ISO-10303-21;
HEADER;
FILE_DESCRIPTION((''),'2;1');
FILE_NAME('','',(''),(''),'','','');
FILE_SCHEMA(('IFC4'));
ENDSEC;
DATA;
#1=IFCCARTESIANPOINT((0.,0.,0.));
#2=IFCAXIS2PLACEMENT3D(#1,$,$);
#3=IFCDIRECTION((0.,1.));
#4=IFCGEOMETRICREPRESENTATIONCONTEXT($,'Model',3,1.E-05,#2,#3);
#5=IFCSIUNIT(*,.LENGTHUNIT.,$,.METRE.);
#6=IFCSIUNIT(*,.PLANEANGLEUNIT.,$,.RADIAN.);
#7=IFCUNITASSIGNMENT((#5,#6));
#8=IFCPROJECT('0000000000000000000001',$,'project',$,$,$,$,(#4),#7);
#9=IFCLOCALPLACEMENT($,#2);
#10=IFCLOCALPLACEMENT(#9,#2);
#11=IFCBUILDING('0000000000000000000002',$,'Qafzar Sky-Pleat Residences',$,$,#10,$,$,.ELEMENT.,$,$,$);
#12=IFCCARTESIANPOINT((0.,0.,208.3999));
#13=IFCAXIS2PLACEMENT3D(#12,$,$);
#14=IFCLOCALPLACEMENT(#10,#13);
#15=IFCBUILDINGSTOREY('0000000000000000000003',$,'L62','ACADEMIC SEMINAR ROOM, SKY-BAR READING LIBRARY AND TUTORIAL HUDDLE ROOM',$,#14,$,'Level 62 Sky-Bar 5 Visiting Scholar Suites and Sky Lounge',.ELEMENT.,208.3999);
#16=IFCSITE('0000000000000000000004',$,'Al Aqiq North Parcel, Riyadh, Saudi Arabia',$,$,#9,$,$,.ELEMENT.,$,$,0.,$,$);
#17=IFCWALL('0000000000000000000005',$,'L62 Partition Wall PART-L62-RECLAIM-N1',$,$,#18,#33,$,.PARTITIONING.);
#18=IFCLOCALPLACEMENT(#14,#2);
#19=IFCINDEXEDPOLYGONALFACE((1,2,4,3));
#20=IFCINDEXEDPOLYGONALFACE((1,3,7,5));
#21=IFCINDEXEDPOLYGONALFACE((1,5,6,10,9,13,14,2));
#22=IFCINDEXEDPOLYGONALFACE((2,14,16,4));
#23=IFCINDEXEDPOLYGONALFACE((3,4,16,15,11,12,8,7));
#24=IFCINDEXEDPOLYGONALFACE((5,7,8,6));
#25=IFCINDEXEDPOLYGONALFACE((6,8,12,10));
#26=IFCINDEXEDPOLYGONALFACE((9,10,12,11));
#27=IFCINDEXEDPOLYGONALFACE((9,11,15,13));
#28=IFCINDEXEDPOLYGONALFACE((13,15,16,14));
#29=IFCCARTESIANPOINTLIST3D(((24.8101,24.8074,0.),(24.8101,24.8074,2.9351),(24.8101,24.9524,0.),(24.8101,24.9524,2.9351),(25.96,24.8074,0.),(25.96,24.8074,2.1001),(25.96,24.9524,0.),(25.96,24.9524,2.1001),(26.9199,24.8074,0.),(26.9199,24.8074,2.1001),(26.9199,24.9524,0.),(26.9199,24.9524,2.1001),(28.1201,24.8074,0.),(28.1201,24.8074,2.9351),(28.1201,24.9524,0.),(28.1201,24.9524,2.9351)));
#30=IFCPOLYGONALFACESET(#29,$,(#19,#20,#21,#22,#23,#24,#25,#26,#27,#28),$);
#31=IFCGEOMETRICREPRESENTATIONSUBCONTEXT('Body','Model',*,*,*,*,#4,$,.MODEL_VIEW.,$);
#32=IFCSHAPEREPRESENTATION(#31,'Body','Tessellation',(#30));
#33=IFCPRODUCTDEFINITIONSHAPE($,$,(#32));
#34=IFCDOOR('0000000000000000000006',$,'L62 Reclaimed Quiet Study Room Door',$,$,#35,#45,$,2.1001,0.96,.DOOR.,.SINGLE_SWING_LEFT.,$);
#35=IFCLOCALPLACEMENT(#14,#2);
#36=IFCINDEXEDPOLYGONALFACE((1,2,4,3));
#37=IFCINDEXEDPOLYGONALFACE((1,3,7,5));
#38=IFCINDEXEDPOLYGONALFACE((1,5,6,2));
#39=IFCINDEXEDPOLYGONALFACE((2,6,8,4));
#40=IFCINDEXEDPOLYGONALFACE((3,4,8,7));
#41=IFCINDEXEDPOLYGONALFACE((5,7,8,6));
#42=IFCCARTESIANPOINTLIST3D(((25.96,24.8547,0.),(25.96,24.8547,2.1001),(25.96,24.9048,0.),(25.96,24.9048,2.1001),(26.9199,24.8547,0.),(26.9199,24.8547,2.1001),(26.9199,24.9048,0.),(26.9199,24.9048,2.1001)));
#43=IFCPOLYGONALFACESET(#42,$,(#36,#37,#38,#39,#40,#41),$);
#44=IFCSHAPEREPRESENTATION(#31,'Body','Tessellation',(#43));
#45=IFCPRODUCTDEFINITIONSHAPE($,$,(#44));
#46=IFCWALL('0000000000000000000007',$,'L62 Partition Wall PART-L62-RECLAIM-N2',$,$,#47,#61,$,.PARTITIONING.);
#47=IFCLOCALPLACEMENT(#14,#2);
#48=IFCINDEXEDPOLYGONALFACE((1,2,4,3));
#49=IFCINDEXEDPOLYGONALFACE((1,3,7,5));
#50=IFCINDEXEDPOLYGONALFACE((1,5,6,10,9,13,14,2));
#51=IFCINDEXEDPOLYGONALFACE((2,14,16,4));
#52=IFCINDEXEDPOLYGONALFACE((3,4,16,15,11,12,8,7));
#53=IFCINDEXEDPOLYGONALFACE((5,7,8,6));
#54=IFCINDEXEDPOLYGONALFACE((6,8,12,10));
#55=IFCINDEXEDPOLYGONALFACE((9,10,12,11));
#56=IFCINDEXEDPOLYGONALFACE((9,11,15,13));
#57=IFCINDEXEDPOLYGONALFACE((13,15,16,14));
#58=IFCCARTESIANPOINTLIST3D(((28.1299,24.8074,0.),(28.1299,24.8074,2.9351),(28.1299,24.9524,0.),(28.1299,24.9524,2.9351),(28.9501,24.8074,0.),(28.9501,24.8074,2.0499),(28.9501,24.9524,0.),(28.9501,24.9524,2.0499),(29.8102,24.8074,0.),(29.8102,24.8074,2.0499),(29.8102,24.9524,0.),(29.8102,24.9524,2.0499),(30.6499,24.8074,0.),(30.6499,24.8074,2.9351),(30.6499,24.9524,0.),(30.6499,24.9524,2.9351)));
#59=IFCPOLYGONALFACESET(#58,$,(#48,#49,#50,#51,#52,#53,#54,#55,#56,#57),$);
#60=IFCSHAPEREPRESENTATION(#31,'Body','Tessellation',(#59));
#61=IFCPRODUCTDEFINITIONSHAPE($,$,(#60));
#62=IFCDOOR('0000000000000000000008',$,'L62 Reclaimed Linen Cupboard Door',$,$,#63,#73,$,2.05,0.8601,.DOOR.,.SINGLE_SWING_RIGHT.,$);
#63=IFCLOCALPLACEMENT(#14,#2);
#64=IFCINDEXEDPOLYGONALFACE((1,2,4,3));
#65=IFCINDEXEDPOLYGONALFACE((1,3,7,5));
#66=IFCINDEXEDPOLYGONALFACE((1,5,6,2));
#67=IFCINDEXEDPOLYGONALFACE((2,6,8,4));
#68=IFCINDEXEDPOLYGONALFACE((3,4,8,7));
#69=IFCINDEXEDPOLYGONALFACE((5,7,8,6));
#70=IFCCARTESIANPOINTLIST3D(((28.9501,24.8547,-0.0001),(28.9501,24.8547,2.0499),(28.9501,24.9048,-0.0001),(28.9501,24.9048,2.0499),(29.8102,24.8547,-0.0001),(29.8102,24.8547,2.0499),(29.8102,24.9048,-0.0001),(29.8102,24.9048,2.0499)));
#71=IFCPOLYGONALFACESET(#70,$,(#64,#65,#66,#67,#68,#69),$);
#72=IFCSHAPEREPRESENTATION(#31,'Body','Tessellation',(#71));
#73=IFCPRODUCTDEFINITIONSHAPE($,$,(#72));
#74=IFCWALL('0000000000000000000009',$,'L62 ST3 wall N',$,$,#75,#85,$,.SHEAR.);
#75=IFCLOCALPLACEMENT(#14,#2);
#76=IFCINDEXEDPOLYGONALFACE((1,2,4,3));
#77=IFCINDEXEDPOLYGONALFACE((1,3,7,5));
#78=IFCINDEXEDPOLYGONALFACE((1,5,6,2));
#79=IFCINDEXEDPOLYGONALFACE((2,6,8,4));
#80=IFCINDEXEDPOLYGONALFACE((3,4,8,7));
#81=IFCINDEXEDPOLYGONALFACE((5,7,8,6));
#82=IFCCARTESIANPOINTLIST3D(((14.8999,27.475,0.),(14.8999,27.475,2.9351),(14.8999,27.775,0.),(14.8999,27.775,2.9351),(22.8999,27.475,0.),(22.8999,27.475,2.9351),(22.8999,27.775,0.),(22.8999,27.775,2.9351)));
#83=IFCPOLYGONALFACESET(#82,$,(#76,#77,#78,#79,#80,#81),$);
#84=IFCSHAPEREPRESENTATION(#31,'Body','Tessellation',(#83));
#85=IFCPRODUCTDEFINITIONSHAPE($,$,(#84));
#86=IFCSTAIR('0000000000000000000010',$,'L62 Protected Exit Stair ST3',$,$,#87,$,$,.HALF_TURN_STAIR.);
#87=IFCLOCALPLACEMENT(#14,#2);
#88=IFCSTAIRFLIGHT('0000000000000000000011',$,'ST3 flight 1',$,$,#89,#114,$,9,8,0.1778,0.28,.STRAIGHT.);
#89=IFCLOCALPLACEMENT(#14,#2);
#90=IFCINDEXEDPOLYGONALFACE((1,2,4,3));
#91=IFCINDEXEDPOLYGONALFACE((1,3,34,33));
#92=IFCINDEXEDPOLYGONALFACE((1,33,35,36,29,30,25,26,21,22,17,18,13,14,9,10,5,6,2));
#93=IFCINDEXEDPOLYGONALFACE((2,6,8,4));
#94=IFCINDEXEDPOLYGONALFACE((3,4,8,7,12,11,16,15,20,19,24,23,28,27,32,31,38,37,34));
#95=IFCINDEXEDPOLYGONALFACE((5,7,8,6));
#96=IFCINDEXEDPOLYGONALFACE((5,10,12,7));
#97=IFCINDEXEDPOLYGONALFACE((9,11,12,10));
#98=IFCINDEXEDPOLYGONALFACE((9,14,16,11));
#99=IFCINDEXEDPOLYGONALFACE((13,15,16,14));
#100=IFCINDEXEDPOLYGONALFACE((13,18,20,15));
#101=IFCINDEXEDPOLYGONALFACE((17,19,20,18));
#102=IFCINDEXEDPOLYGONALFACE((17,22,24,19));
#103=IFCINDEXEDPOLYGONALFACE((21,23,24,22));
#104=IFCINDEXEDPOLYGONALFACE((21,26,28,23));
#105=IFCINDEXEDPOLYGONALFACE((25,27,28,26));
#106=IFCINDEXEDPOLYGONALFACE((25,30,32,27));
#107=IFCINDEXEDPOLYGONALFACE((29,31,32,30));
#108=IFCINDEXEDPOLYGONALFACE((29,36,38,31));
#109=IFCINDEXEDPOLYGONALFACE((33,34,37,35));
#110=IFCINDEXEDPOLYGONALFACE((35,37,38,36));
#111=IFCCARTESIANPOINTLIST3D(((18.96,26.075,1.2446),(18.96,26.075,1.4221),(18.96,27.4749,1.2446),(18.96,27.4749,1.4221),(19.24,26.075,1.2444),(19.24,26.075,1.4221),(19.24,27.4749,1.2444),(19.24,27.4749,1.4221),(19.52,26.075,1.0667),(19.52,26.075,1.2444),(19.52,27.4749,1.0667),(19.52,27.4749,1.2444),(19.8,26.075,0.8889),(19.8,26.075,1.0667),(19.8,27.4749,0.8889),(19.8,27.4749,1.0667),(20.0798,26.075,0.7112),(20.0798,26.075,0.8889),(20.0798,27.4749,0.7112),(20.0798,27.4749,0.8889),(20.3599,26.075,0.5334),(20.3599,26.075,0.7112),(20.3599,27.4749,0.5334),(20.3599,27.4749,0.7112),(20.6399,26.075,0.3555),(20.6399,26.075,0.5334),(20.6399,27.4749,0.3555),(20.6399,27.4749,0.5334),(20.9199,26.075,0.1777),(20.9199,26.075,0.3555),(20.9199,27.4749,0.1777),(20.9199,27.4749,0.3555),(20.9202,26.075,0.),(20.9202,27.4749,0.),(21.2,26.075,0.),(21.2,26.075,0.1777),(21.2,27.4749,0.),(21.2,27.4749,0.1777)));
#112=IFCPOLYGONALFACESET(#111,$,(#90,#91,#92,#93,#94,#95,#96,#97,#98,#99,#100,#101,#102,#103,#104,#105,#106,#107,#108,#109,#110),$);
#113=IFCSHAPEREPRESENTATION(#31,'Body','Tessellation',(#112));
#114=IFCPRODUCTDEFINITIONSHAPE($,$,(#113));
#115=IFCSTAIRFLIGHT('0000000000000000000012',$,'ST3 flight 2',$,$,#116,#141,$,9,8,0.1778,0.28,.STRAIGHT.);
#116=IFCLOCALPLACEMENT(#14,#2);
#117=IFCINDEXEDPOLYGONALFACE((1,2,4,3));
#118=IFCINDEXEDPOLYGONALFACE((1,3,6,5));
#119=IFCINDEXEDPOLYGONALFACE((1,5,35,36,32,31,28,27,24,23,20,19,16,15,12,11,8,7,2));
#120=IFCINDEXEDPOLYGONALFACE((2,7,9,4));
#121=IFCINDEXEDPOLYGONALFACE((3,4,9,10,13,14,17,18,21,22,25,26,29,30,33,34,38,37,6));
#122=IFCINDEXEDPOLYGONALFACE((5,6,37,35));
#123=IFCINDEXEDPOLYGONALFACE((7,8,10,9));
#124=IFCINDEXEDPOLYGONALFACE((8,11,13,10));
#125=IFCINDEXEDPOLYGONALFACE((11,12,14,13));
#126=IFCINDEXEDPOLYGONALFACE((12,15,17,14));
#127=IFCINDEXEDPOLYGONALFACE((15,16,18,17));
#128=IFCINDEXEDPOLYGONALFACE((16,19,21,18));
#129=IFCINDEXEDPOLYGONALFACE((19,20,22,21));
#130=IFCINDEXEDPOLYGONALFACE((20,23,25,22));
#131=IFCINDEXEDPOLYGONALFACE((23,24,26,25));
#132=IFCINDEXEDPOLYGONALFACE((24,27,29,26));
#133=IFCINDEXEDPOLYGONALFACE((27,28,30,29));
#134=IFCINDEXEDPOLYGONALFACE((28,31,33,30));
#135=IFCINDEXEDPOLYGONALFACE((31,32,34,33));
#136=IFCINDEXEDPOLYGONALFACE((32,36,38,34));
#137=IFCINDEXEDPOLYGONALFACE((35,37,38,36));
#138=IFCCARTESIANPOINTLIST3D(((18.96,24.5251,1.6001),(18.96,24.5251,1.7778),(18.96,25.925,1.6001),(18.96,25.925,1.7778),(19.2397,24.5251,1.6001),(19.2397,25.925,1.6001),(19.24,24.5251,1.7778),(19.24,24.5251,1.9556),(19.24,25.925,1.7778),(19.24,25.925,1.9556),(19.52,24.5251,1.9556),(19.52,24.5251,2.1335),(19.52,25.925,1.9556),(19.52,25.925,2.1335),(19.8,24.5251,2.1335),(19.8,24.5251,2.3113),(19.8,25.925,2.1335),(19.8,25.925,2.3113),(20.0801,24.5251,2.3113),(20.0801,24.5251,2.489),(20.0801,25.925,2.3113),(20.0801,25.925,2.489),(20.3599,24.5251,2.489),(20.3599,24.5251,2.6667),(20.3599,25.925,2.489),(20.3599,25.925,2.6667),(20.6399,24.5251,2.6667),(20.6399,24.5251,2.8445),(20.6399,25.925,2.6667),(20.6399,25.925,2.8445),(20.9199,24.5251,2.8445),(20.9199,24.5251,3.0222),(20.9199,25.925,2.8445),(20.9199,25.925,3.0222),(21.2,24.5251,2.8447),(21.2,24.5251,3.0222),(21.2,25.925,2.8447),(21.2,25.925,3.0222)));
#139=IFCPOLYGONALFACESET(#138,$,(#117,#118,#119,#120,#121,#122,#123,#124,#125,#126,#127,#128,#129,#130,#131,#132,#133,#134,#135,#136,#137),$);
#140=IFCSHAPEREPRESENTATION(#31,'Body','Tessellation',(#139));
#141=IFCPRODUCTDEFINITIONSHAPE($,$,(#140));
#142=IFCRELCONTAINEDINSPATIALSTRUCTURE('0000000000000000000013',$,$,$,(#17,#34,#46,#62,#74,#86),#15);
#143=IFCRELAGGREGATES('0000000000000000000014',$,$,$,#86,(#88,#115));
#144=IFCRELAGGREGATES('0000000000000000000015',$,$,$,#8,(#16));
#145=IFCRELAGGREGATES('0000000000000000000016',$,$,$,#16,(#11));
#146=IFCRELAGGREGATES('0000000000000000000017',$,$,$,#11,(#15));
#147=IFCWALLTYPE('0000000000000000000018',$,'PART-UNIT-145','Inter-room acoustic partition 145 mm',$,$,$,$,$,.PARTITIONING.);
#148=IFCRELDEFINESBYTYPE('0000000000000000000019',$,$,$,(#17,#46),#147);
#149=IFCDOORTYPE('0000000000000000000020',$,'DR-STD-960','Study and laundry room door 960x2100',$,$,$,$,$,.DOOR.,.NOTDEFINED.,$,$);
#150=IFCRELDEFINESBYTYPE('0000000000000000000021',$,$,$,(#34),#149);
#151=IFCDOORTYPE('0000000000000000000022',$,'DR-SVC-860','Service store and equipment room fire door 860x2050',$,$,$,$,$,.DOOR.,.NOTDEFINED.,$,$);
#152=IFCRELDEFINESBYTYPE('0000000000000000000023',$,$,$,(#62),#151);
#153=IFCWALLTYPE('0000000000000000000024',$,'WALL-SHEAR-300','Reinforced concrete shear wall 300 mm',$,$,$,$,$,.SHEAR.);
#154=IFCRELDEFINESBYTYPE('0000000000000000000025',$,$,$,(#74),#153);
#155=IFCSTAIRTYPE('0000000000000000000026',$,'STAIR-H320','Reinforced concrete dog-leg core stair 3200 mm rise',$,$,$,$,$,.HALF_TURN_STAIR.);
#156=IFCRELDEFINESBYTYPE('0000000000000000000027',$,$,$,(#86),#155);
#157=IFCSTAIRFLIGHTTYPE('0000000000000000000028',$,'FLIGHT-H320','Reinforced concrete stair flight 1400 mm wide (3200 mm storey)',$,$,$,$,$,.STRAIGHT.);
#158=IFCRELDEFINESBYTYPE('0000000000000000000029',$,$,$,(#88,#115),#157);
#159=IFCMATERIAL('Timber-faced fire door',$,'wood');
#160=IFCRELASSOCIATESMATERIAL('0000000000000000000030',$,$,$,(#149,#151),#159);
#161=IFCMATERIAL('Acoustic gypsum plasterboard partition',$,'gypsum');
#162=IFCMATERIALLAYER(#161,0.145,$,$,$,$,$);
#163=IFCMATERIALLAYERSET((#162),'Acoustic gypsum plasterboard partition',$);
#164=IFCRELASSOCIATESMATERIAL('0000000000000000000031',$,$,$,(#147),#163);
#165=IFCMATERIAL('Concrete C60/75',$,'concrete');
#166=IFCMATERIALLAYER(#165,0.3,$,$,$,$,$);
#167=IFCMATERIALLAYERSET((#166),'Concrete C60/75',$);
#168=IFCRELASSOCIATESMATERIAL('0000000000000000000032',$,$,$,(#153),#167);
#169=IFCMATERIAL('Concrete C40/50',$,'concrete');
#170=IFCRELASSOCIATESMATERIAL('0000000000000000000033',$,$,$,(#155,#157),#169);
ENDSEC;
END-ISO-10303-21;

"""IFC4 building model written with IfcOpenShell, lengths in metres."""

from ifc_helpers import new_model, si_unit, direction, frame, frame_2d, origin, place, context, subcontext, project, spatial, polyline, rectangle, outline, extrude, source, transform, mapped, material, layer, layer_set, type_object, element, fill, aggregate, save


model = new_model("IFC4")

# Units and contexts
model_context = context("Model", 3, precision=1e-05, world=origin(), true_north=direction((0.0, 1.0)))
body_context = subcontext(model_context, "Body", "Model", "MODEL_VIEW")
ifc_project = project(units=[si_unit("LENGTHUNIT", "METRE"), si_unit("PLANEANGLEUNIT", "RADIAN")], contexts=[model_context])

# Site, building, storey
site_placement = place(None, origin())
site = spatial("IfcSite", under=ifc_project, at=site_placement, Name="Al Aqiq North Parcel, Riyadh, Saudi Arabia", CompositionType="ELEMENT", RefElevation=0.0)
building_placement = place(site_placement, origin())
building = spatial("IfcBuilding", under=site, at=building_placement, Name="Qafzar Sky-Pleat Residences", CompositionType="ELEMENT")
storey_placement = place(building_placement, frame((0.0, 0.0, 208.3999)))
storey = spatial("IfcBuildingStorey", under=building, at=storey_placement, Name="L62", Description="ACADEMIC SEMINAR ROOM, SKY-BAR READING LIBRARY AND TUTORIAL HUDDLE ROOM", LongName="Level 62 Sky-Bar 5 Visiting Scholar Suites and Sky Lounge", CompositionType="ELEMENT", Elevation=208.3999)

# Shared definitions
ifc_material_1 = material(Name="Acoustic gypsum plasterboard partition", Category="gypsum")
ifc_material_2 = material(Name="Timber-faced fire door", Category="wood")
door_type_1 = type_object("IfcDoorType", Name="DR-STD-960", Description="Study and laundry room door 960x2100", OperationType="NOTDEFINED", PredefinedType="DOOR", material=ifc_material_2)
shared_shape_1 = source(origin(), body_context, "Body", "SweptSolid", [
    extrude(rectangle(XDim=0.96, YDim=2.1001, at=frame_2d((0.48, 1.05))), frame((0.0, 0.0249, 0.0), z_axis=(0.0, -1.0, 0.0), x_axis=(1.0, 0.0, 0.0)), (0.0, 0.0, 1.0), 0.05),
])

# Walls, openings, doors
door_type_2 = type_object("IfcDoorType", Name="DR-SVC-860", Description="Service store and equipment room fire door 860x2050", OperationType="NOTDEFINED", PredefinedType="DOOR", material=ifc_material_2)
shared_shape_2 = source(origin(), body_context, "Body", "SweptSolid", [
    extrude(rectangle(XDim=0.8601, YDim=2.05, at=frame_2d((0.4302, 1.0249))), frame((0.0, 0.0249, 0.0), z_axis=(0.0, -1.0, 0.0), x_axis=(1.0, 0.0, 0.0)), (0.0, 0.0, 1.0), 0.05),
])
ifc_layer_1 = layer(ifc_material_1, 0.145)
ifc_layer_set_1 = layer_set([ifc_layer_1], Name="Acoustic gypsum plasterboard partition")
wall_type_1 = type_object("IfcWallType", Name="PART-UNIT-145", Description="Inter-room acoustic partition 145 mm", PredefinedType="PARTITIONING", material=ifc_layer_set_1)
wall_1_placement = place(storey_placement, frame((24.8101, 24.8799, 0.0), z_axis=(0.0, 0.0, 1.0), x_axis=(1.0, 0.0, 0.0)))
wall_1 = element("IfcWall", 1, at=wall_1_placement, inside=storey, type_object=wall_type_1, Name="L62 Partition Wall PART-L62-RECLAIM-N1", PredefinedType="PARTITIONING", context=body_context, shape_type="SweptSolid", body=[
    extrude(rectangle(XDim=3.3101, YDim=0.145, at=frame_2d((1.655, 0.0))), origin(), (0.0, 0.0, 1.0), 2.9351),
])
opening_1_placement = place(wall_1_placement, frame((1.1499, 0.0, 0.0)))
opening_1 = element("IfcOpeningElement", 2, at=opening_1_placement, cuts=wall_1, PredefinedType="OPENING", context=body_context, shape_type="SweptSolid", body=[
    extrude(rectangle(XDim=0.96, YDim=2.1001, at=frame_2d((0.48, 1.05))), frame((0.0, 0.0825, 0.0), z_axis=(0.0, -1.0, 0.0), x_axis=(1.0, 0.0, 0.0)), (0.0, 0.0, 1.0), 0.165),
])
door_1_placement = place(opening_1_placement, origin())
door_1 = element("IfcDoor", 3, at=door_1_placement, inside=storey, type_object=door_type_1, Name="L62 Reclaimed Quiet Study Room Door", OperationType="SINGLE_SWING_LEFT", OverallHeight=2.1001, OverallWidth=0.96, PredefinedType="DOOR", context=body_context, shape_type="MappedRepresentation", body=[
    mapped(shared_shape_1, transform((0.0, 0.0, 0.0), x_axis=(1.0, 0.0, 0.0), y_axis=(0.0, 1.0, 0.0), z_axis=(0.0, 0.0, 1.0), scale=1.0)),
])
fill(opening_1, door_1)
wall_2_placement = place(storey_placement, frame((28.1299, 24.8799, 0.0), z_axis=(0.0, 0.0, 1.0), x_axis=(1.0, 0.0, 0.0)))
wall_2 = element("IfcWall", 4, at=wall_2_placement, inside=storey, type_object=wall_type_1, Name="L62 Partition Wall PART-L62-RECLAIM-N2", PredefinedType="PARTITIONING", context=body_context, shape_type="SweptSolid", body=[
    extrude(rectangle(XDim=2.52, YDim=0.145, at=frame_2d((1.26, 0.0))), origin(), (0.0, 0.0, 1.0), 2.9351),
])
opening_2_placement = place(wall_2_placement, frame((0.8201, 0.0, 0.0)))
opening_2 = element("IfcOpeningElement", 5, at=opening_2_placement, cuts=wall_2, PredefinedType="OPENING", context=body_context, shape_type="SweptSolid", body=[
    extrude(rectangle(XDim=0.8601, YDim=2.05, at=frame_2d((0.4302, 1.0249))), frame((0.0, 0.0825, 0.0), z_axis=(0.0, -1.0, 0.0), x_axis=(1.0, 0.0, 0.0)), (0.0, 0.0, 1.0), 0.165),
])
door_2_placement = place(opening_2_placement, origin())
door_2 = element("IfcDoor", 6, at=door_2_placement, inside=storey, type_object=door_type_2, Name="L62 Reclaimed Linen Cupboard Door", OperationType="SINGLE_SWING_RIGHT", OverallHeight=2.05, OverallWidth=0.8601, PredefinedType="DOOR", context=body_context, shape_type="MappedRepresentation", body=[
    mapped(shared_shape_2, transform((0.0, 0.0, 0.0), x_axis=(1.0, 0.0, 0.0), y_axis=(0.0, 1.0, 0.0), z_axis=(0.0, 0.0, 1.0), scale=1.0)),
])
fill(opening_2, door_2)

# Shared definitions
ifc_material_3 = material(Name="Concrete C60/75", Category="concrete")
ifc_layer_2 = layer(ifc_material_3, 0.3)
ifc_layer_set_2 = layer_set([ifc_layer_2], Name="Concrete C60/75")
wall_type_2 = type_object("IfcWallType", Name="WALL-SHEAR-300", Description="Reinforced concrete shear wall 300 mm", PredefinedType="SHEAR", material=ifc_layer_set_2)

# Wall
wall_3_placement = place(storey_placement, frame((22.8999, 27.625, 0.0), z_axis=(0.0, 0.0, 1.0), x_axis=(-1.0, 0.0, 0.0)))
element("IfcWall", 7, at=wall_3_placement, inside=storey, type_object=wall_type_2, Name="L62 ST3 wall N", PredefinedType="SHEAR", context=body_context, shape_type="SweptSolid", body=[
    extrude(rectangle(XDim=8.0, YDim=0.3, at=frame_2d((4.0, 0.0))), origin(), (0.0, 0.0, 1.0), 2.9351),
])

# Stair, stair flights
ifc_material_4 = material(Name="Concrete C40/50", Category="concrete")
stair_type = type_object("IfcStairType", Name="STAIR-H320", Description="Reinforced concrete dog-leg core stair 3200 mm rise", PredefinedType="HALF_TURN_STAIR", material=ifc_material_4)
stair_placement = place(storey_placement, origin())
stair = element("IfcStair", 8, at=stair_placement, inside=storey, type_object=stair_type, Name="L62 Protected Exit Stair ST3", PredefinedType="HALF_TURN_STAIR")
stair_flight_type = type_object("IfcStairFlightType", Name="FLIGHT-H320", Description="Reinforced concrete stair flight 1400 mm wide (3200 mm storey)", PredefinedType="STRAIGHT", material=ifc_material_4)
shared_shape_3 = source(origin(), body_context, "Body", "SweptSolid", [
    extrude(outline(polyline([(0.0, 0.0), (0.0, 0.1777), (0.28, 0.1777), (0.28, 0.3555), (0.5601, 0.3555), (0.5601, 0.5334), (0.8401, 0.5334), (0.8401, 0.7112), (1.1201, 0.7112), (1.1201, 0.8889), (1.3999, 0.8889), (1.3999, 1.0667), (1.6799, 1.0667), (1.6799, 1.2444), (1.96, 1.2444), (1.96, 1.4221), (2.24, 1.4221), (2.24, 1.6001), (2.24, 1.2446), (0.2798, 0.0), (0.0, 0.0)])), frame((0.0, 0.7, 0.0), z_axis=(0.0, -1.0, 0.0), x_axis=(1.0, 0.0, 0.0)), (0.0, 0.0, 1.0), 1.3999),
])
stair_flight_1_placement = place(storey_placement, frame((21.2, 26.7749, 0.0), z_axis=(0.0, 0.0, 1.0), x_axis=(-1.0, 0.0, 0.0)))
stair_flight_1 = element("IfcStairFlight", 9, at=stair_flight_1_placement, type_object=stair_flight_type, Name="ST3 flight 1", NumberOfRisers=9, NumberOfTreads=8, PredefinedType="STRAIGHT", RiserHeight=0.1778, TreadLength=0.28, context=body_context, shape_type="MappedRepresentation", body=[
    mapped(shared_shape_3, transform((0.0, 0.0, 0.0), x_axis=(1.0, 0.0, 0.0), y_axis=(0.0, 1.0, 0.0), z_axis=(0.0, 0.0, 1.0), scale=1.0)),
])
stair_flight_2_placement = place(storey_placement, frame((18.96, 25.2251, 1.6001), z_axis=(0.0, 0.0, 1.0), x_axis=(1.0, 0.0, 0.0)))
stair_flight_2 = element("IfcStairFlight", 10, at=stair_flight_2_placement, type_object=stair_flight_type, Name="ST3 flight 2", NumberOfRisers=9, NumberOfTreads=8, PredefinedType="STRAIGHT", RiserHeight=0.1778, TreadLength=0.28, context=body_context, shape_type="MappedRepresentation", body=[
    mapped(shared_shape_3, transform((0.0, 0.0, 0.0), x_axis=(1.0, 0.0, 0.0), y_axis=(0.0, 1.0, 0.0), z_axis=(0.0, 0.0, 1.0), scale=1.0)),
])
aggregate(stair, [stair_flight_1, stair_flight_2])

save(model, "model.ifc")
